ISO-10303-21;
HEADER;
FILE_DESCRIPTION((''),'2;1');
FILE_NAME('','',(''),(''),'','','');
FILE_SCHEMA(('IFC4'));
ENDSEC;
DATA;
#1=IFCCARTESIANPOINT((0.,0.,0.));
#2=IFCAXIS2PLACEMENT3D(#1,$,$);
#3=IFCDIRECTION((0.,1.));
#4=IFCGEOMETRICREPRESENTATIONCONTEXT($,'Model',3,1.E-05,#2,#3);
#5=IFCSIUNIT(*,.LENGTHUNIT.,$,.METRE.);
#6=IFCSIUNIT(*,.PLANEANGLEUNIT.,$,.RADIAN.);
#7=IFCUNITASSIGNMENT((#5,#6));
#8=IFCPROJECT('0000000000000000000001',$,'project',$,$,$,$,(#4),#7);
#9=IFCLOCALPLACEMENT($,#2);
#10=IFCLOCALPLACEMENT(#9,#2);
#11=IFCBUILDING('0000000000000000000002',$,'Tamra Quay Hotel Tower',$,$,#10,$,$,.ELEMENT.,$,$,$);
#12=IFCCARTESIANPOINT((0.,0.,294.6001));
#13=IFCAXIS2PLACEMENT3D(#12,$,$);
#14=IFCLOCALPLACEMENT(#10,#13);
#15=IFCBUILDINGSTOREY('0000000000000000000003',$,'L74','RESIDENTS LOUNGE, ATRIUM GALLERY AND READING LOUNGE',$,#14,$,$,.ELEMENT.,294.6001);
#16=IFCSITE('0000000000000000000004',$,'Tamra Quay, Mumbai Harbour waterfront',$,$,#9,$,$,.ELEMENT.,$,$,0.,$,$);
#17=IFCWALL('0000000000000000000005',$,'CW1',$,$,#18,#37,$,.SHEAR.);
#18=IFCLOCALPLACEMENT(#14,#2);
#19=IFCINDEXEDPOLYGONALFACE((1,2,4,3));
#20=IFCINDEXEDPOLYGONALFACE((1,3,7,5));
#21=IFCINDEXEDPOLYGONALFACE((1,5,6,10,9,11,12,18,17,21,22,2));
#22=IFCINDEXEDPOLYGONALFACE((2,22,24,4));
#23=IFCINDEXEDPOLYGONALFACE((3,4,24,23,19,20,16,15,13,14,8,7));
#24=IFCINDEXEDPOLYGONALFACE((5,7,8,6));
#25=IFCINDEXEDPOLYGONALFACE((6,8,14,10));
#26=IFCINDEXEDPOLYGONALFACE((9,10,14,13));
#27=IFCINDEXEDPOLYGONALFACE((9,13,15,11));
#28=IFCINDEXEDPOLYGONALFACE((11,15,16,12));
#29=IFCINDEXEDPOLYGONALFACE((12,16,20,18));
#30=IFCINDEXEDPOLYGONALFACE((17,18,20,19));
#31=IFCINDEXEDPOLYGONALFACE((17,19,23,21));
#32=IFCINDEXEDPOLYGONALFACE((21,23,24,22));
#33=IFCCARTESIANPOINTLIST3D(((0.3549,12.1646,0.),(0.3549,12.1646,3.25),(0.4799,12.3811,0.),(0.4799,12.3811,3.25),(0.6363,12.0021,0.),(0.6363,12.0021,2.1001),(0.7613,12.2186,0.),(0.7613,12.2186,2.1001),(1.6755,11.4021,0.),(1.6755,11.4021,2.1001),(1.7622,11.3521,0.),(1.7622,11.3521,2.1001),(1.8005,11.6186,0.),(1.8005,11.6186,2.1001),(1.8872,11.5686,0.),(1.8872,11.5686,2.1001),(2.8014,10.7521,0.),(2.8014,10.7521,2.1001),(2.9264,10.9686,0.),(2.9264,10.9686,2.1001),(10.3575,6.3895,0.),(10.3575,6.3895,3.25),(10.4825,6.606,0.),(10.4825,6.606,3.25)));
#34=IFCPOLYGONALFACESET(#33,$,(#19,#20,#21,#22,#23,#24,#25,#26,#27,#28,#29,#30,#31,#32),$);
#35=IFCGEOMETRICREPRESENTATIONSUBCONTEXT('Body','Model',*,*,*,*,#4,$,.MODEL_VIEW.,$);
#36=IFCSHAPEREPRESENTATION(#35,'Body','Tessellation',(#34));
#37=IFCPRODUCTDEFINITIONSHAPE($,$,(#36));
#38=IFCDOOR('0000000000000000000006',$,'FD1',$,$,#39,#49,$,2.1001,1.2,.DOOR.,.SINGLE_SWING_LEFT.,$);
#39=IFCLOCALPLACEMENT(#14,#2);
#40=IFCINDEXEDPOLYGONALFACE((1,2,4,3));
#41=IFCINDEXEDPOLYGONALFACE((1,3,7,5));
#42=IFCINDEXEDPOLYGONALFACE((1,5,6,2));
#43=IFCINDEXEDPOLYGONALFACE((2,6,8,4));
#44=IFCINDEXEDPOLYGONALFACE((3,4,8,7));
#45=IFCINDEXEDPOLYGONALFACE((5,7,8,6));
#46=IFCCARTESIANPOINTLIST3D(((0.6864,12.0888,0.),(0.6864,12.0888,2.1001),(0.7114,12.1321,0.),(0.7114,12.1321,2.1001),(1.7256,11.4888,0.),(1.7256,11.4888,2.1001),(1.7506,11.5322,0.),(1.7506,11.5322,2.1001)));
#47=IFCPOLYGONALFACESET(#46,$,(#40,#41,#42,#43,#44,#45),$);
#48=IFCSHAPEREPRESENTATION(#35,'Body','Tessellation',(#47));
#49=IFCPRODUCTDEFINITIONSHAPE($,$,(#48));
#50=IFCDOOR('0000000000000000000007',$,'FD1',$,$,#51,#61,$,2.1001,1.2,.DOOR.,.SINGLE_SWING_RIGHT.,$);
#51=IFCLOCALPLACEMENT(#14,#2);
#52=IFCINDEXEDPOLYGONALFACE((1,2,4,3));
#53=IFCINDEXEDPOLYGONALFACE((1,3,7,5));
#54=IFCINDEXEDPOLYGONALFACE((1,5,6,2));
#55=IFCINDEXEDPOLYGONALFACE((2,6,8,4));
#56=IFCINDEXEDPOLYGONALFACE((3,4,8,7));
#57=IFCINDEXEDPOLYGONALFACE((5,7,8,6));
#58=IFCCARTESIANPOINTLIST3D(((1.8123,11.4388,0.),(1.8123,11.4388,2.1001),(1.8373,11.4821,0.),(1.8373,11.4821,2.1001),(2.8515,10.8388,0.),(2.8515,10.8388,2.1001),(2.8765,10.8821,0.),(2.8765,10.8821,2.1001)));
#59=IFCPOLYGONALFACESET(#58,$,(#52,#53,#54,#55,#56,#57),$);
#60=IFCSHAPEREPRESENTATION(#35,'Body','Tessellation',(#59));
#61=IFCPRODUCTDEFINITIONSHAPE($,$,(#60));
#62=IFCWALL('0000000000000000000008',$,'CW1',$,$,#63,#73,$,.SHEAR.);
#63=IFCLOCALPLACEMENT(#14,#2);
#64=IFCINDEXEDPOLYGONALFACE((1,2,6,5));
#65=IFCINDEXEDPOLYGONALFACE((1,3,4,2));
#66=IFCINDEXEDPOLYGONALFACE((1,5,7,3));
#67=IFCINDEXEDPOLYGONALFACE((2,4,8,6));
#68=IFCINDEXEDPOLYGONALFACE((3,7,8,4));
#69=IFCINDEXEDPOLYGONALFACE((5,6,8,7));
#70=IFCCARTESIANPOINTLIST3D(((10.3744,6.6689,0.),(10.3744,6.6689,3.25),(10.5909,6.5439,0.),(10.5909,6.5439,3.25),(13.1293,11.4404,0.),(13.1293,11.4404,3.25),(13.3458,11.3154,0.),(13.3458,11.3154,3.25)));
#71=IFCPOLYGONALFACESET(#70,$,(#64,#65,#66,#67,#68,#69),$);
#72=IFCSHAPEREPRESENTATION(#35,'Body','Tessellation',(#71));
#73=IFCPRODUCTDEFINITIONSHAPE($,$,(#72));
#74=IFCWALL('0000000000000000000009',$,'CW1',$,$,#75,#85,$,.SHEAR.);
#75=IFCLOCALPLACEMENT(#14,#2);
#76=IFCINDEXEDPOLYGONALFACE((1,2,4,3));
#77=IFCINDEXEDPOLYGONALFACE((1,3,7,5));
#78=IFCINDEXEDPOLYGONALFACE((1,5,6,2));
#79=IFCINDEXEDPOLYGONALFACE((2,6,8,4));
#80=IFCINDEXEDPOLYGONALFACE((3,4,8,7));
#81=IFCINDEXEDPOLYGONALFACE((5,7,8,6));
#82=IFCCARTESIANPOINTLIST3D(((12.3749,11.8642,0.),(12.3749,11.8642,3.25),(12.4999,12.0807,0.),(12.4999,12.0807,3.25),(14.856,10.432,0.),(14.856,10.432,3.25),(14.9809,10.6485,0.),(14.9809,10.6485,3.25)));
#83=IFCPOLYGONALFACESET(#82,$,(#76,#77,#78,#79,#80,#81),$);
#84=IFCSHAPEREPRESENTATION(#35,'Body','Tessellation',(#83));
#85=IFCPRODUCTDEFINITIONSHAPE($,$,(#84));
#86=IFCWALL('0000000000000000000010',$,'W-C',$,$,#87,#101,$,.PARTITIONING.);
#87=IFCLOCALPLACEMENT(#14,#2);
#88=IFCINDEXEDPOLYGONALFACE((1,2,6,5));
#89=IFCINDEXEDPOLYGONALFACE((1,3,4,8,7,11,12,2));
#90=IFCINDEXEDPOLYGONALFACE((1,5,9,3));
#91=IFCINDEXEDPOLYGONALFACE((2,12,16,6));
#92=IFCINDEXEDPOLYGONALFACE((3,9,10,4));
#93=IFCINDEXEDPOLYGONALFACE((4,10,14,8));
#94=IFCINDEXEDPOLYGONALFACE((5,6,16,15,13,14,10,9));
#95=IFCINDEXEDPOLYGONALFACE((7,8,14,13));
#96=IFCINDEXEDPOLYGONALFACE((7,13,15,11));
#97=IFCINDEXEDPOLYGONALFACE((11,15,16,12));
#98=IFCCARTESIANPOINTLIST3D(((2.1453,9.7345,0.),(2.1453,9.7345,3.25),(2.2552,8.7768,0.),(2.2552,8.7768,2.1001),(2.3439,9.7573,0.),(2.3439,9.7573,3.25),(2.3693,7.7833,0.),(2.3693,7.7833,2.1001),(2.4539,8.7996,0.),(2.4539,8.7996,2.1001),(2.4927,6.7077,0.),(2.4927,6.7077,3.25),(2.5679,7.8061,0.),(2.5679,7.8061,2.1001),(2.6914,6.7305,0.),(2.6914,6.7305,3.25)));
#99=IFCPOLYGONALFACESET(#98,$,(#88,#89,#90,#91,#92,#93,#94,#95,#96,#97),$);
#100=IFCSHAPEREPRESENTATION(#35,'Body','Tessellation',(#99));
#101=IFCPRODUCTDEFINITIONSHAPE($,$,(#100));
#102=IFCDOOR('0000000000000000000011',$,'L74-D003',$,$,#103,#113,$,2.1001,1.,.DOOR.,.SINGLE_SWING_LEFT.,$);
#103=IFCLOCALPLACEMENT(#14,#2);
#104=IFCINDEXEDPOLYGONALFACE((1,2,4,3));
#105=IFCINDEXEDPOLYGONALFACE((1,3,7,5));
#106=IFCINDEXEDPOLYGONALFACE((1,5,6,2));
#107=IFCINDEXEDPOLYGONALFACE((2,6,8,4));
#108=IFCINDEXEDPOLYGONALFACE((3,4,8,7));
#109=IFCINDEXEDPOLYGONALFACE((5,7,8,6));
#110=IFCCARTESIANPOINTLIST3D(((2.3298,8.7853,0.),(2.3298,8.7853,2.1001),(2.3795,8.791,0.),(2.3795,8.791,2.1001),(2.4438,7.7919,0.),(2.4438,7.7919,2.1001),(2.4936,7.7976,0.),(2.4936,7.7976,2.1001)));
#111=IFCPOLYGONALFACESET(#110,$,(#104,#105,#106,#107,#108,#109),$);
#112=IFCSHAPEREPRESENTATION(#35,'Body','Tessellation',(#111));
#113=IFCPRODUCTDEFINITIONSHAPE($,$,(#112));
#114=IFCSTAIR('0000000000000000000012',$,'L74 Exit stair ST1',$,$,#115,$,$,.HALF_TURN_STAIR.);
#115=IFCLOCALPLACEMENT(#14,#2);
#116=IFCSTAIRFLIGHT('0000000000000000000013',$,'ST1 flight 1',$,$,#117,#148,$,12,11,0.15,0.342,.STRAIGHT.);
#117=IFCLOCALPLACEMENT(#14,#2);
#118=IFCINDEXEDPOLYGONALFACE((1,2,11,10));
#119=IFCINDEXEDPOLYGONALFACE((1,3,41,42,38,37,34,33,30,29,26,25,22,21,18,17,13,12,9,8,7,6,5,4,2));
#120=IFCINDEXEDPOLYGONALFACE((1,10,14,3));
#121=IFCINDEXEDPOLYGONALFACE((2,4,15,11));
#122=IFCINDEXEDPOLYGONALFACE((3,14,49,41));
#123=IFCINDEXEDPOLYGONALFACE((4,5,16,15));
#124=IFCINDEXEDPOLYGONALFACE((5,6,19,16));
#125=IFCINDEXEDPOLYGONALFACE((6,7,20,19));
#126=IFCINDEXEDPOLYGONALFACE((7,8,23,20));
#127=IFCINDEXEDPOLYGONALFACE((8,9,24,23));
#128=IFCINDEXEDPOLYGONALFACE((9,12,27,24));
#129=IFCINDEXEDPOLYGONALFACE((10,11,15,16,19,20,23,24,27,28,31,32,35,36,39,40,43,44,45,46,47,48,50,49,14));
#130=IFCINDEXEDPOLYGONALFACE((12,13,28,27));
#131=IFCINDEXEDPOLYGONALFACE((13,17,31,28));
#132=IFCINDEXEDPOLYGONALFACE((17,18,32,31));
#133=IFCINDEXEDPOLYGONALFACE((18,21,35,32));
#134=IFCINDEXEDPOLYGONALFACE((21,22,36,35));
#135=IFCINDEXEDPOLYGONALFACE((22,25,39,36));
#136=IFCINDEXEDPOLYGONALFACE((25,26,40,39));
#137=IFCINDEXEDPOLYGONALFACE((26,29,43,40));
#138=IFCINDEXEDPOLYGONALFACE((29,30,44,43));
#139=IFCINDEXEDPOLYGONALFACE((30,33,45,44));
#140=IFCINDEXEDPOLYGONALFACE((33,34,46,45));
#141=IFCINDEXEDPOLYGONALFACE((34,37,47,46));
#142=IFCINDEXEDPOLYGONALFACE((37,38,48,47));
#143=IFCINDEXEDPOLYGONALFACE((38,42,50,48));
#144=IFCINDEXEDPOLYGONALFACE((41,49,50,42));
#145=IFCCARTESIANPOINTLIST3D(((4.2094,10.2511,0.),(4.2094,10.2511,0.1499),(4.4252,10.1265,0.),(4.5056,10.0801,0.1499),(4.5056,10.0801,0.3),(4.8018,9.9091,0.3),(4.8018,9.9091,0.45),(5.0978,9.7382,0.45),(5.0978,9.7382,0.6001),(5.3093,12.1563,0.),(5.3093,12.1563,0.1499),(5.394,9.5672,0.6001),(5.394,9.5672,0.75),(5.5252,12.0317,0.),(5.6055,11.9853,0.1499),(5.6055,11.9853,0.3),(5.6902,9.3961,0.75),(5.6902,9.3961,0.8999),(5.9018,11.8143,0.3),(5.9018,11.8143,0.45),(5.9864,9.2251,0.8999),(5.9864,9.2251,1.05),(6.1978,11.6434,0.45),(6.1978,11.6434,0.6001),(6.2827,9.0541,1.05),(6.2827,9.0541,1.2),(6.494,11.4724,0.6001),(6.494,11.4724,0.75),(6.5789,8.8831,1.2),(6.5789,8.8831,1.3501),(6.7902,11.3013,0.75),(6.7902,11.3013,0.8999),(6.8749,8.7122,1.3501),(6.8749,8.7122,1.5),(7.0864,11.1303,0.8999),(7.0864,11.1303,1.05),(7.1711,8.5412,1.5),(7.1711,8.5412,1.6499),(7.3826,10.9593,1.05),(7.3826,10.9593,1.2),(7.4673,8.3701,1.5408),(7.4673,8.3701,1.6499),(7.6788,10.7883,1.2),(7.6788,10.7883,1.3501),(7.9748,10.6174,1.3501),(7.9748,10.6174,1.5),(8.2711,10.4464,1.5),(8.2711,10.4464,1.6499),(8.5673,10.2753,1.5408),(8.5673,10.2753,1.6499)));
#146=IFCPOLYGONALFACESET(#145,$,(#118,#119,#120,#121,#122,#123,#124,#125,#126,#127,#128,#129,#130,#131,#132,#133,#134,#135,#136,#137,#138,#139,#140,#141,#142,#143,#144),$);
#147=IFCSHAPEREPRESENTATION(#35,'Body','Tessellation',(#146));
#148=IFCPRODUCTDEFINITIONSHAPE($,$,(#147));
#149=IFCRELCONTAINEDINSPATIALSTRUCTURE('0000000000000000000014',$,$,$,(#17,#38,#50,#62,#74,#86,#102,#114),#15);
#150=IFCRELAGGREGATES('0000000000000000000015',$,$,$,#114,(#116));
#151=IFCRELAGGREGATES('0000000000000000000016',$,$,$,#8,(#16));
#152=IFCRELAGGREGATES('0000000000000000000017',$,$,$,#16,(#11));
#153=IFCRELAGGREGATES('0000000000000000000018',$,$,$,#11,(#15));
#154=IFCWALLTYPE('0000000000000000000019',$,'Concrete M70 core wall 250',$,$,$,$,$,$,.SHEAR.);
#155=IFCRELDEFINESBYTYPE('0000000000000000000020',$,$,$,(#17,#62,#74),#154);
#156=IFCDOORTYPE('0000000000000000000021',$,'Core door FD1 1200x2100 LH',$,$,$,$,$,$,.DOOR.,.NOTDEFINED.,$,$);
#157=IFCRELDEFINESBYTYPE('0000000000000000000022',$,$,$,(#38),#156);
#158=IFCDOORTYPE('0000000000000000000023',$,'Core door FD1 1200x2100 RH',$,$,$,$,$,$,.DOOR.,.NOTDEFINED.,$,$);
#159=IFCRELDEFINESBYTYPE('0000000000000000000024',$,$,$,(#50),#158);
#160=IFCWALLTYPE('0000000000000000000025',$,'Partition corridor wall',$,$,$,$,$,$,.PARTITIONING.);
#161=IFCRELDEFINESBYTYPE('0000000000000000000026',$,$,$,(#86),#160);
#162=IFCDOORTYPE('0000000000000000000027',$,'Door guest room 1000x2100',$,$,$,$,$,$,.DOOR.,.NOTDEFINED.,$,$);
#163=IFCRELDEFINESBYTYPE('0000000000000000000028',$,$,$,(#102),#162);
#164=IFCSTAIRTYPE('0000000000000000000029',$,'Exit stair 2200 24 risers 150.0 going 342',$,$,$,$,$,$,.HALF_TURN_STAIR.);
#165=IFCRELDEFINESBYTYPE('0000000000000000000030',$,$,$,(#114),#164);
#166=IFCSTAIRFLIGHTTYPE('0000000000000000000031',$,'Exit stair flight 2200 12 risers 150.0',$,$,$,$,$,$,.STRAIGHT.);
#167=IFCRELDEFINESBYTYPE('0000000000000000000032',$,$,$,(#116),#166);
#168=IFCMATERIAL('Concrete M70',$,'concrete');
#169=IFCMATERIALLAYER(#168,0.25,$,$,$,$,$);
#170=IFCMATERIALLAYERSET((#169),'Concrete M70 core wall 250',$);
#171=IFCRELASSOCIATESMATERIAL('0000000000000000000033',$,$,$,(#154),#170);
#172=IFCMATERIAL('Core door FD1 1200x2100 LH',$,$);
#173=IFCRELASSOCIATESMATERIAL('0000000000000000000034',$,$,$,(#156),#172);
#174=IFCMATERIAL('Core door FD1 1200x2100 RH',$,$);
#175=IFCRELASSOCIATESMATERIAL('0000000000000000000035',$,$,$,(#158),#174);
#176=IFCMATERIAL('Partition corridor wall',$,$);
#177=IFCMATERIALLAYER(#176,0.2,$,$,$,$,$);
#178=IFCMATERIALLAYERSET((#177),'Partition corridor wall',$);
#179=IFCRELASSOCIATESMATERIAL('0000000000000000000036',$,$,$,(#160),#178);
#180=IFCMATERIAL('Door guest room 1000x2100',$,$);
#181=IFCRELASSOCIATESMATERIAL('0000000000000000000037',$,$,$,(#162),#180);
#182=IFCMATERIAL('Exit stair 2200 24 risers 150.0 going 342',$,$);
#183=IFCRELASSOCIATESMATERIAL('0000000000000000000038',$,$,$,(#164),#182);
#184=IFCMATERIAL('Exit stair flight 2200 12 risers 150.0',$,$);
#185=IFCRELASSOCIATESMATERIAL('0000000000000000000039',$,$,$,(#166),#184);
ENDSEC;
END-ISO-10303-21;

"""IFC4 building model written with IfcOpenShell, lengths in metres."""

from ifc_helpers import new_model, si_unit, direction, frame, frame_2d, origin, place, context, subcontext, project, spatial, polyline, rectangle, outline, extrude, material, layer, layer_set, type_object, element, fill, aggregate, save


model = new_model("IFC4")

# Units and contexts
model_context = context("Model", 3, precision=1e-05, world=origin(), true_north=direction((0.0, 1.0)))
body_context = subcontext(model_context, "Body", "Model", "MODEL_VIEW")
ifc_project = project(units=[si_unit("LENGTHUNIT", "METRE"), si_unit("PLANEANGLEUNIT", "RADIAN")], contexts=[model_context])

# Site, building, storey
site_placement = place(None, origin())
site = spatial("IfcSite", under=ifc_project, at=site_placement, Name="Tamra Quay, Mumbai Harbour waterfront", CompositionType="ELEMENT", RefElevation=0.0)
building_placement = place(site_placement, origin())
building = spatial("IfcBuilding", under=site, at=building_placement, Name="Tamra Quay Hotel Tower", CompositionType="ELEMENT")
storey_placement = place(building_placement, frame((0.0, 0.0, 294.6001)))
storey = spatial("IfcBuildingStorey", under=building, at=storey_placement, Name="L74", Description="RESIDENTS LOUNGE, ATRIUM GALLERY AND READING LOUNGE", CompositionType="ELEMENT", Elevation=294.6001)

# Shared definitions
ifc_material_1 = material(Name="Concrete M70", Category="concrete")

# Wall, openings, doors
ifc_layer_1 = layer(ifc_material_1, 0.25)
ifc_layer_set_1 = layer_set([ifc_layer_1], Name="Concrete M70 core wall 250")
wall_type_1 = type_object("IfcWallType", Name="Concrete M70 core wall 250", PredefinedType="SHEAR", material=ifc_layer_set_1)
wall_1_placement = place(storey_placement, frame((10.4199, 6.4978, 0.0), z_axis=(0.0, 0.0, 1.0), x_axis=(-0.866022, 0.500006, 0.0)))
wall_1 = element("IfcWall", 1, at=wall_1_placement, inside=storey, type_object=wall_type_1, Name="CW1", PredefinedType="SHEAR", context=body_context, shape_type="SweptSolid", body=[
    extrude(rectangle(XDim=11.55, YDim=0.25, at=frame_2d((5.7749, 0.0))), origin(), (0.0, 0.0, 1.0), 3.25),
])
opening_1_placement = place(wall_1_placement, frame((10.0249, 0.0, 0.0)))
opening_1 = element("IfcOpeningElement", 2, at=opening_1_placement, cuts=wall_1, PredefinedType="OPENING", context=body_context, shape_type="SweptSolid", body=[
    extrude(rectangle(XDim=1.2, YDim=2.1001, at=frame_2d((0.6001, 1.05))), frame((0.0, 0.135, 0.0), z_axis=(0.0, -1.0, 0.0), x_axis=(1.0, 0.0, 0.0)), (0.0, 0.0, 1.0), 0.27),
])
opening_2_placement = place(wall_1_placement, frame((8.7249, 0.0, 0.0)))
opening_2 = element("IfcOpeningElement", 3, at=opening_2_placement, cuts=wall_1, PredefinedType="OPENING", context=body_context, shape_type="SweptSolid", body=[
    extrude(rectangle(XDim=1.2, YDim=2.1001, at=frame_2d((0.6001, 1.05))), frame((0.0, 0.135, 0.0), z_axis=(0.0, -1.0, 0.0), x_axis=(1.0, 0.0, 0.0)), (0.0, 0.0, 1.0), 0.27),
])
ifc_material_2 = material(Name="Core door FD1 1200x2100 LH")
door_type_1 = type_object("IfcDoorType", Name="Core door FD1 1200x2100 LH", OperationType="NOTDEFINED", PredefinedType="DOOR", material=ifc_material_2)
door_1_placement = place(opening_1_placement, origin())
door_1 = element("IfcDoor", 4, at=door_1_placement, inside=storey, type_object=door_type_1, Name="FD1", OperationType="SINGLE_SWING_LEFT", OverallHeight=2.1001, OverallWidth=1.2, PredefinedType="DOOR", context=body_context, shape_type="SweptSolid", body=[
    extrude(rectangle(XDim=1.2, YDim=2.1001, at=frame_2d((0.6001, 1.05))), frame((0.0, 0.0249, 0.0), z_axis=(0.0, -1.0, 0.0), x_axis=(1.0, 0.0, 0.0)), (0.0, 0.0, 1.0), 0.05),
])
fill(opening_1, door_1)
ifc_material_3 = material(Name="Core door FD1 1200x2100 RH")
door_type_2 = type_object("IfcDoorType", Name="Core door FD1 1200x2100 RH", OperationType="NOTDEFINED", PredefinedType="DOOR", material=ifc_material_3)
door_2_placement = place(opening_2_placement, origin())
door_2 = element("IfcDoor", 5, at=door_2_placement, inside=storey, type_object=door_type_2, Name="FD1", OperationType="SINGLE_SWING_RIGHT", OverallHeight=2.1001, OverallWidth=1.2, PredefinedType="DOOR", context=body_context, shape_type="SweptSolid", body=[
    extrude(rectangle(XDim=1.2, YDim=2.1001, at=frame_2d((0.6001, 1.05))), frame((0.0, 0.0249, 0.0), z_axis=(0.0, -1.0, 0.0), x_axis=(1.0, 0.0, 0.0)), (0.0, 0.0, 1.0), 0.05),
])
fill(opening_2, door_2)

# Walls
wall_2_placement = place(storey_placement, frame((13.2375, 11.3779, 0.0), z_axis=(0.0, 0.0, 1.0), x_axis=(-0.500009, -0.86602, 0.0)))
element("IfcWall", 6, at=wall_2_placement, inside=storey, type_object=wall_type_1, Name="CW1", PredefinedType="SHEAR", context=body_context, shape_type="SweptSolid", body=[
    extrude(rectangle(XDim=5.5098, YDim=0.25, at=frame_2d((2.7549, 0.0))), origin(), (0.0, 0.0, 1.0), 3.25),
])
wall_3_placement = place(storey_placement, frame((14.9185, 10.5403, 0.0), z_axis=(0.0, 0.0, 1.0), x_axis=(-0.866064, 0.499934, 0.0)))
element("IfcWall", 7, at=wall_3_placement, inside=storey, type_object=wall_type_1, Name="CW1", PredefinedType="SHEAR", context=body_context, shape_type="SweptSolid", body=[
    extrude(rectangle(XDim=2.8647, YDim=0.25, at=frame_2d((1.4324, 0.0))), origin(), (0.0, 0.0, 1.0), 3.25),
])

# Wall, opening, door
ifc_material_4 = material(Name="Partition corridor wall")
ifc_layer_2 = layer(ifc_material_4, 0.2)
ifc_layer_set_2 = layer_set([ifc_layer_2], Name="Partition corridor wall")
wall_type_2 = type_object("IfcWallType", Name="Partition corridor wall", PredefinedType="PARTITIONING", material=ifc_layer_set_2)
wall_4_placement = place(storey_placement, frame((2.592, 6.719, 0.0), z_axis=(0.0, 0.0, 1.0), x_axis=(-0.114028, 0.993478, 0.0)))
wall_4 = element("IfcWall", 8, at=wall_4_placement, inside=storey, type_object=wall_type_2, Name="W-C", PredefinedType="PARTITIONING", context=body_context, shape_type="SweptSolid", body=[
    extrude(rectangle(XDim=3.0466, YDim=0.2, at=frame_2d((1.5234, 0.0))), origin(), (0.0, 0.0, 1.0), 3.25),
])
opening_3_placement = place(wall_4_placement, frame((1.0828, 0.0, 0.0)))
opening_3 = element("IfcOpeningElement", 9, at=opening_3_placement, cuts=wall_4, PredefinedType="OPENING", context=body_context, shape_type="SweptSolid", body=[
    extrude(rectangle(XDim=1.0, YDim=2.1001, at=frame_2d((0.5, 1.05))), frame((0.0, 0.1099, 0.0), z_axis=(0.0, -1.0, 0.0), x_axis=(1.0, 0.0, 0.0)), (0.0, 0.0, 1.0), 0.22),
])
ifc_material_5 = material(Name="Door guest room 1000x2100")
door_type_3 = type_object("IfcDoorType", Name="Door guest room 1000x2100", OperationType="NOTDEFINED", PredefinedType="DOOR", material=ifc_material_5)
door_3_placement = place(opening_3_placement, origin())
door_3 = element("IfcDoor", 10, at=door_3_placement, inside=storey, type_object=door_type_3, Name="L74-D003", OperationType="SINGLE_SWING_LEFT", OverallHeight=2.1001, OverallWidth=1.0, PredefinedType="DOOR", context=body_context, shape_type="SweptSolid", body=[
    extrude(rectangle(XDim=1.0, YDim=2.1001, at=frame_2d((0.5, 1.05))), frame((0.0, 0.0249, 0.0), z_axis=(0.0, -1.0, 0.0), x_axis=(1.0, 0.0, 0.0)), (0.0, 0.0, 1.0), 0.05),
])
fill(opening_3, door_3)

# Stair, stair flight
ifc_material_6 = material(Name="Exit stair 2200 24 risers 150.0 going 342")
stair_type = type_object("IfcStairType", Name="Exit stair 2200 24 risers 150.0 going 342", PredefinedType="HALF_TURN_STAIR", material=ifc_material_6)
stair_placement = place(storey_placement, origin())
stair = element("IfcStair", 11, at=stair_placement, inside=storey, type_object=stair_type, Name="L74 Exit stair ST1", PredefinedType="HALF_TURN_STAIR")
ifc_material_7 = material(Name="Exit stair flight 2200 12 risers 150.0")
stair_flight_type = type_object("IfcStairFlightType", Name="Exit stair flight 2200 12 risers 150.0", PredefinedType="STRAIGHT", material=ifc_material_7)
stair_flight_placement = place(storey_placement, frame((4.7593, 11.2036, 0.0), z_axis=(0.0, 0.0, 1.0), x_axis=(0.866025, -0.5, 0.0)))
stair_flight = element("IfcStairFlight", 12, at=stair_flight_placement, type_object=stair_flight_type, Name="ST1 flight 1", NumberOfRisers=12, NumberOfTreads=11, PredefinedType="STRAIGHT", RiserHeight=0.15, TreadLength=0.342, context=body_context, shape_type="SweptSolid", body=[
    extrude(outline(polyline([(0.0, 0.0), (0.0, 0.1499), (0.342, 0.1499), (0.342, 0.3), (0.6841, 0.3), (0.6841, 0.45), (1.0259, 0.45), (1.0259, 0.6001), (1.3679, 0.6001), (1.3679, 0.75), (1.71, 0.75), (1.71, 0.8999), (2.052, 0.8999), (2.052, 1.05), (2.394, 1.05), (2.394, 1.2), (2.7361, 1.2), (2.7361, 1.3501), (3.0779, 1.3501), (3.0779, 1.5), (3.4199, 1.5), (3.4199, 1.6499), (3.762, 1.6499), (3.762, 1.8), (3.762, 1.5408), (0.2493, 0.0), (0.0, 0.0)])), frame((0.0, 1.1001, 0.0), z_axis=(0.0, -1.0, 0.0), x_axis=(1.0, 0.0, 0.0)), (0.0, 0.0, 1.0), 2.2),
])
aggregate(stair, [stair_flight])

save(model, "model.ifc")
